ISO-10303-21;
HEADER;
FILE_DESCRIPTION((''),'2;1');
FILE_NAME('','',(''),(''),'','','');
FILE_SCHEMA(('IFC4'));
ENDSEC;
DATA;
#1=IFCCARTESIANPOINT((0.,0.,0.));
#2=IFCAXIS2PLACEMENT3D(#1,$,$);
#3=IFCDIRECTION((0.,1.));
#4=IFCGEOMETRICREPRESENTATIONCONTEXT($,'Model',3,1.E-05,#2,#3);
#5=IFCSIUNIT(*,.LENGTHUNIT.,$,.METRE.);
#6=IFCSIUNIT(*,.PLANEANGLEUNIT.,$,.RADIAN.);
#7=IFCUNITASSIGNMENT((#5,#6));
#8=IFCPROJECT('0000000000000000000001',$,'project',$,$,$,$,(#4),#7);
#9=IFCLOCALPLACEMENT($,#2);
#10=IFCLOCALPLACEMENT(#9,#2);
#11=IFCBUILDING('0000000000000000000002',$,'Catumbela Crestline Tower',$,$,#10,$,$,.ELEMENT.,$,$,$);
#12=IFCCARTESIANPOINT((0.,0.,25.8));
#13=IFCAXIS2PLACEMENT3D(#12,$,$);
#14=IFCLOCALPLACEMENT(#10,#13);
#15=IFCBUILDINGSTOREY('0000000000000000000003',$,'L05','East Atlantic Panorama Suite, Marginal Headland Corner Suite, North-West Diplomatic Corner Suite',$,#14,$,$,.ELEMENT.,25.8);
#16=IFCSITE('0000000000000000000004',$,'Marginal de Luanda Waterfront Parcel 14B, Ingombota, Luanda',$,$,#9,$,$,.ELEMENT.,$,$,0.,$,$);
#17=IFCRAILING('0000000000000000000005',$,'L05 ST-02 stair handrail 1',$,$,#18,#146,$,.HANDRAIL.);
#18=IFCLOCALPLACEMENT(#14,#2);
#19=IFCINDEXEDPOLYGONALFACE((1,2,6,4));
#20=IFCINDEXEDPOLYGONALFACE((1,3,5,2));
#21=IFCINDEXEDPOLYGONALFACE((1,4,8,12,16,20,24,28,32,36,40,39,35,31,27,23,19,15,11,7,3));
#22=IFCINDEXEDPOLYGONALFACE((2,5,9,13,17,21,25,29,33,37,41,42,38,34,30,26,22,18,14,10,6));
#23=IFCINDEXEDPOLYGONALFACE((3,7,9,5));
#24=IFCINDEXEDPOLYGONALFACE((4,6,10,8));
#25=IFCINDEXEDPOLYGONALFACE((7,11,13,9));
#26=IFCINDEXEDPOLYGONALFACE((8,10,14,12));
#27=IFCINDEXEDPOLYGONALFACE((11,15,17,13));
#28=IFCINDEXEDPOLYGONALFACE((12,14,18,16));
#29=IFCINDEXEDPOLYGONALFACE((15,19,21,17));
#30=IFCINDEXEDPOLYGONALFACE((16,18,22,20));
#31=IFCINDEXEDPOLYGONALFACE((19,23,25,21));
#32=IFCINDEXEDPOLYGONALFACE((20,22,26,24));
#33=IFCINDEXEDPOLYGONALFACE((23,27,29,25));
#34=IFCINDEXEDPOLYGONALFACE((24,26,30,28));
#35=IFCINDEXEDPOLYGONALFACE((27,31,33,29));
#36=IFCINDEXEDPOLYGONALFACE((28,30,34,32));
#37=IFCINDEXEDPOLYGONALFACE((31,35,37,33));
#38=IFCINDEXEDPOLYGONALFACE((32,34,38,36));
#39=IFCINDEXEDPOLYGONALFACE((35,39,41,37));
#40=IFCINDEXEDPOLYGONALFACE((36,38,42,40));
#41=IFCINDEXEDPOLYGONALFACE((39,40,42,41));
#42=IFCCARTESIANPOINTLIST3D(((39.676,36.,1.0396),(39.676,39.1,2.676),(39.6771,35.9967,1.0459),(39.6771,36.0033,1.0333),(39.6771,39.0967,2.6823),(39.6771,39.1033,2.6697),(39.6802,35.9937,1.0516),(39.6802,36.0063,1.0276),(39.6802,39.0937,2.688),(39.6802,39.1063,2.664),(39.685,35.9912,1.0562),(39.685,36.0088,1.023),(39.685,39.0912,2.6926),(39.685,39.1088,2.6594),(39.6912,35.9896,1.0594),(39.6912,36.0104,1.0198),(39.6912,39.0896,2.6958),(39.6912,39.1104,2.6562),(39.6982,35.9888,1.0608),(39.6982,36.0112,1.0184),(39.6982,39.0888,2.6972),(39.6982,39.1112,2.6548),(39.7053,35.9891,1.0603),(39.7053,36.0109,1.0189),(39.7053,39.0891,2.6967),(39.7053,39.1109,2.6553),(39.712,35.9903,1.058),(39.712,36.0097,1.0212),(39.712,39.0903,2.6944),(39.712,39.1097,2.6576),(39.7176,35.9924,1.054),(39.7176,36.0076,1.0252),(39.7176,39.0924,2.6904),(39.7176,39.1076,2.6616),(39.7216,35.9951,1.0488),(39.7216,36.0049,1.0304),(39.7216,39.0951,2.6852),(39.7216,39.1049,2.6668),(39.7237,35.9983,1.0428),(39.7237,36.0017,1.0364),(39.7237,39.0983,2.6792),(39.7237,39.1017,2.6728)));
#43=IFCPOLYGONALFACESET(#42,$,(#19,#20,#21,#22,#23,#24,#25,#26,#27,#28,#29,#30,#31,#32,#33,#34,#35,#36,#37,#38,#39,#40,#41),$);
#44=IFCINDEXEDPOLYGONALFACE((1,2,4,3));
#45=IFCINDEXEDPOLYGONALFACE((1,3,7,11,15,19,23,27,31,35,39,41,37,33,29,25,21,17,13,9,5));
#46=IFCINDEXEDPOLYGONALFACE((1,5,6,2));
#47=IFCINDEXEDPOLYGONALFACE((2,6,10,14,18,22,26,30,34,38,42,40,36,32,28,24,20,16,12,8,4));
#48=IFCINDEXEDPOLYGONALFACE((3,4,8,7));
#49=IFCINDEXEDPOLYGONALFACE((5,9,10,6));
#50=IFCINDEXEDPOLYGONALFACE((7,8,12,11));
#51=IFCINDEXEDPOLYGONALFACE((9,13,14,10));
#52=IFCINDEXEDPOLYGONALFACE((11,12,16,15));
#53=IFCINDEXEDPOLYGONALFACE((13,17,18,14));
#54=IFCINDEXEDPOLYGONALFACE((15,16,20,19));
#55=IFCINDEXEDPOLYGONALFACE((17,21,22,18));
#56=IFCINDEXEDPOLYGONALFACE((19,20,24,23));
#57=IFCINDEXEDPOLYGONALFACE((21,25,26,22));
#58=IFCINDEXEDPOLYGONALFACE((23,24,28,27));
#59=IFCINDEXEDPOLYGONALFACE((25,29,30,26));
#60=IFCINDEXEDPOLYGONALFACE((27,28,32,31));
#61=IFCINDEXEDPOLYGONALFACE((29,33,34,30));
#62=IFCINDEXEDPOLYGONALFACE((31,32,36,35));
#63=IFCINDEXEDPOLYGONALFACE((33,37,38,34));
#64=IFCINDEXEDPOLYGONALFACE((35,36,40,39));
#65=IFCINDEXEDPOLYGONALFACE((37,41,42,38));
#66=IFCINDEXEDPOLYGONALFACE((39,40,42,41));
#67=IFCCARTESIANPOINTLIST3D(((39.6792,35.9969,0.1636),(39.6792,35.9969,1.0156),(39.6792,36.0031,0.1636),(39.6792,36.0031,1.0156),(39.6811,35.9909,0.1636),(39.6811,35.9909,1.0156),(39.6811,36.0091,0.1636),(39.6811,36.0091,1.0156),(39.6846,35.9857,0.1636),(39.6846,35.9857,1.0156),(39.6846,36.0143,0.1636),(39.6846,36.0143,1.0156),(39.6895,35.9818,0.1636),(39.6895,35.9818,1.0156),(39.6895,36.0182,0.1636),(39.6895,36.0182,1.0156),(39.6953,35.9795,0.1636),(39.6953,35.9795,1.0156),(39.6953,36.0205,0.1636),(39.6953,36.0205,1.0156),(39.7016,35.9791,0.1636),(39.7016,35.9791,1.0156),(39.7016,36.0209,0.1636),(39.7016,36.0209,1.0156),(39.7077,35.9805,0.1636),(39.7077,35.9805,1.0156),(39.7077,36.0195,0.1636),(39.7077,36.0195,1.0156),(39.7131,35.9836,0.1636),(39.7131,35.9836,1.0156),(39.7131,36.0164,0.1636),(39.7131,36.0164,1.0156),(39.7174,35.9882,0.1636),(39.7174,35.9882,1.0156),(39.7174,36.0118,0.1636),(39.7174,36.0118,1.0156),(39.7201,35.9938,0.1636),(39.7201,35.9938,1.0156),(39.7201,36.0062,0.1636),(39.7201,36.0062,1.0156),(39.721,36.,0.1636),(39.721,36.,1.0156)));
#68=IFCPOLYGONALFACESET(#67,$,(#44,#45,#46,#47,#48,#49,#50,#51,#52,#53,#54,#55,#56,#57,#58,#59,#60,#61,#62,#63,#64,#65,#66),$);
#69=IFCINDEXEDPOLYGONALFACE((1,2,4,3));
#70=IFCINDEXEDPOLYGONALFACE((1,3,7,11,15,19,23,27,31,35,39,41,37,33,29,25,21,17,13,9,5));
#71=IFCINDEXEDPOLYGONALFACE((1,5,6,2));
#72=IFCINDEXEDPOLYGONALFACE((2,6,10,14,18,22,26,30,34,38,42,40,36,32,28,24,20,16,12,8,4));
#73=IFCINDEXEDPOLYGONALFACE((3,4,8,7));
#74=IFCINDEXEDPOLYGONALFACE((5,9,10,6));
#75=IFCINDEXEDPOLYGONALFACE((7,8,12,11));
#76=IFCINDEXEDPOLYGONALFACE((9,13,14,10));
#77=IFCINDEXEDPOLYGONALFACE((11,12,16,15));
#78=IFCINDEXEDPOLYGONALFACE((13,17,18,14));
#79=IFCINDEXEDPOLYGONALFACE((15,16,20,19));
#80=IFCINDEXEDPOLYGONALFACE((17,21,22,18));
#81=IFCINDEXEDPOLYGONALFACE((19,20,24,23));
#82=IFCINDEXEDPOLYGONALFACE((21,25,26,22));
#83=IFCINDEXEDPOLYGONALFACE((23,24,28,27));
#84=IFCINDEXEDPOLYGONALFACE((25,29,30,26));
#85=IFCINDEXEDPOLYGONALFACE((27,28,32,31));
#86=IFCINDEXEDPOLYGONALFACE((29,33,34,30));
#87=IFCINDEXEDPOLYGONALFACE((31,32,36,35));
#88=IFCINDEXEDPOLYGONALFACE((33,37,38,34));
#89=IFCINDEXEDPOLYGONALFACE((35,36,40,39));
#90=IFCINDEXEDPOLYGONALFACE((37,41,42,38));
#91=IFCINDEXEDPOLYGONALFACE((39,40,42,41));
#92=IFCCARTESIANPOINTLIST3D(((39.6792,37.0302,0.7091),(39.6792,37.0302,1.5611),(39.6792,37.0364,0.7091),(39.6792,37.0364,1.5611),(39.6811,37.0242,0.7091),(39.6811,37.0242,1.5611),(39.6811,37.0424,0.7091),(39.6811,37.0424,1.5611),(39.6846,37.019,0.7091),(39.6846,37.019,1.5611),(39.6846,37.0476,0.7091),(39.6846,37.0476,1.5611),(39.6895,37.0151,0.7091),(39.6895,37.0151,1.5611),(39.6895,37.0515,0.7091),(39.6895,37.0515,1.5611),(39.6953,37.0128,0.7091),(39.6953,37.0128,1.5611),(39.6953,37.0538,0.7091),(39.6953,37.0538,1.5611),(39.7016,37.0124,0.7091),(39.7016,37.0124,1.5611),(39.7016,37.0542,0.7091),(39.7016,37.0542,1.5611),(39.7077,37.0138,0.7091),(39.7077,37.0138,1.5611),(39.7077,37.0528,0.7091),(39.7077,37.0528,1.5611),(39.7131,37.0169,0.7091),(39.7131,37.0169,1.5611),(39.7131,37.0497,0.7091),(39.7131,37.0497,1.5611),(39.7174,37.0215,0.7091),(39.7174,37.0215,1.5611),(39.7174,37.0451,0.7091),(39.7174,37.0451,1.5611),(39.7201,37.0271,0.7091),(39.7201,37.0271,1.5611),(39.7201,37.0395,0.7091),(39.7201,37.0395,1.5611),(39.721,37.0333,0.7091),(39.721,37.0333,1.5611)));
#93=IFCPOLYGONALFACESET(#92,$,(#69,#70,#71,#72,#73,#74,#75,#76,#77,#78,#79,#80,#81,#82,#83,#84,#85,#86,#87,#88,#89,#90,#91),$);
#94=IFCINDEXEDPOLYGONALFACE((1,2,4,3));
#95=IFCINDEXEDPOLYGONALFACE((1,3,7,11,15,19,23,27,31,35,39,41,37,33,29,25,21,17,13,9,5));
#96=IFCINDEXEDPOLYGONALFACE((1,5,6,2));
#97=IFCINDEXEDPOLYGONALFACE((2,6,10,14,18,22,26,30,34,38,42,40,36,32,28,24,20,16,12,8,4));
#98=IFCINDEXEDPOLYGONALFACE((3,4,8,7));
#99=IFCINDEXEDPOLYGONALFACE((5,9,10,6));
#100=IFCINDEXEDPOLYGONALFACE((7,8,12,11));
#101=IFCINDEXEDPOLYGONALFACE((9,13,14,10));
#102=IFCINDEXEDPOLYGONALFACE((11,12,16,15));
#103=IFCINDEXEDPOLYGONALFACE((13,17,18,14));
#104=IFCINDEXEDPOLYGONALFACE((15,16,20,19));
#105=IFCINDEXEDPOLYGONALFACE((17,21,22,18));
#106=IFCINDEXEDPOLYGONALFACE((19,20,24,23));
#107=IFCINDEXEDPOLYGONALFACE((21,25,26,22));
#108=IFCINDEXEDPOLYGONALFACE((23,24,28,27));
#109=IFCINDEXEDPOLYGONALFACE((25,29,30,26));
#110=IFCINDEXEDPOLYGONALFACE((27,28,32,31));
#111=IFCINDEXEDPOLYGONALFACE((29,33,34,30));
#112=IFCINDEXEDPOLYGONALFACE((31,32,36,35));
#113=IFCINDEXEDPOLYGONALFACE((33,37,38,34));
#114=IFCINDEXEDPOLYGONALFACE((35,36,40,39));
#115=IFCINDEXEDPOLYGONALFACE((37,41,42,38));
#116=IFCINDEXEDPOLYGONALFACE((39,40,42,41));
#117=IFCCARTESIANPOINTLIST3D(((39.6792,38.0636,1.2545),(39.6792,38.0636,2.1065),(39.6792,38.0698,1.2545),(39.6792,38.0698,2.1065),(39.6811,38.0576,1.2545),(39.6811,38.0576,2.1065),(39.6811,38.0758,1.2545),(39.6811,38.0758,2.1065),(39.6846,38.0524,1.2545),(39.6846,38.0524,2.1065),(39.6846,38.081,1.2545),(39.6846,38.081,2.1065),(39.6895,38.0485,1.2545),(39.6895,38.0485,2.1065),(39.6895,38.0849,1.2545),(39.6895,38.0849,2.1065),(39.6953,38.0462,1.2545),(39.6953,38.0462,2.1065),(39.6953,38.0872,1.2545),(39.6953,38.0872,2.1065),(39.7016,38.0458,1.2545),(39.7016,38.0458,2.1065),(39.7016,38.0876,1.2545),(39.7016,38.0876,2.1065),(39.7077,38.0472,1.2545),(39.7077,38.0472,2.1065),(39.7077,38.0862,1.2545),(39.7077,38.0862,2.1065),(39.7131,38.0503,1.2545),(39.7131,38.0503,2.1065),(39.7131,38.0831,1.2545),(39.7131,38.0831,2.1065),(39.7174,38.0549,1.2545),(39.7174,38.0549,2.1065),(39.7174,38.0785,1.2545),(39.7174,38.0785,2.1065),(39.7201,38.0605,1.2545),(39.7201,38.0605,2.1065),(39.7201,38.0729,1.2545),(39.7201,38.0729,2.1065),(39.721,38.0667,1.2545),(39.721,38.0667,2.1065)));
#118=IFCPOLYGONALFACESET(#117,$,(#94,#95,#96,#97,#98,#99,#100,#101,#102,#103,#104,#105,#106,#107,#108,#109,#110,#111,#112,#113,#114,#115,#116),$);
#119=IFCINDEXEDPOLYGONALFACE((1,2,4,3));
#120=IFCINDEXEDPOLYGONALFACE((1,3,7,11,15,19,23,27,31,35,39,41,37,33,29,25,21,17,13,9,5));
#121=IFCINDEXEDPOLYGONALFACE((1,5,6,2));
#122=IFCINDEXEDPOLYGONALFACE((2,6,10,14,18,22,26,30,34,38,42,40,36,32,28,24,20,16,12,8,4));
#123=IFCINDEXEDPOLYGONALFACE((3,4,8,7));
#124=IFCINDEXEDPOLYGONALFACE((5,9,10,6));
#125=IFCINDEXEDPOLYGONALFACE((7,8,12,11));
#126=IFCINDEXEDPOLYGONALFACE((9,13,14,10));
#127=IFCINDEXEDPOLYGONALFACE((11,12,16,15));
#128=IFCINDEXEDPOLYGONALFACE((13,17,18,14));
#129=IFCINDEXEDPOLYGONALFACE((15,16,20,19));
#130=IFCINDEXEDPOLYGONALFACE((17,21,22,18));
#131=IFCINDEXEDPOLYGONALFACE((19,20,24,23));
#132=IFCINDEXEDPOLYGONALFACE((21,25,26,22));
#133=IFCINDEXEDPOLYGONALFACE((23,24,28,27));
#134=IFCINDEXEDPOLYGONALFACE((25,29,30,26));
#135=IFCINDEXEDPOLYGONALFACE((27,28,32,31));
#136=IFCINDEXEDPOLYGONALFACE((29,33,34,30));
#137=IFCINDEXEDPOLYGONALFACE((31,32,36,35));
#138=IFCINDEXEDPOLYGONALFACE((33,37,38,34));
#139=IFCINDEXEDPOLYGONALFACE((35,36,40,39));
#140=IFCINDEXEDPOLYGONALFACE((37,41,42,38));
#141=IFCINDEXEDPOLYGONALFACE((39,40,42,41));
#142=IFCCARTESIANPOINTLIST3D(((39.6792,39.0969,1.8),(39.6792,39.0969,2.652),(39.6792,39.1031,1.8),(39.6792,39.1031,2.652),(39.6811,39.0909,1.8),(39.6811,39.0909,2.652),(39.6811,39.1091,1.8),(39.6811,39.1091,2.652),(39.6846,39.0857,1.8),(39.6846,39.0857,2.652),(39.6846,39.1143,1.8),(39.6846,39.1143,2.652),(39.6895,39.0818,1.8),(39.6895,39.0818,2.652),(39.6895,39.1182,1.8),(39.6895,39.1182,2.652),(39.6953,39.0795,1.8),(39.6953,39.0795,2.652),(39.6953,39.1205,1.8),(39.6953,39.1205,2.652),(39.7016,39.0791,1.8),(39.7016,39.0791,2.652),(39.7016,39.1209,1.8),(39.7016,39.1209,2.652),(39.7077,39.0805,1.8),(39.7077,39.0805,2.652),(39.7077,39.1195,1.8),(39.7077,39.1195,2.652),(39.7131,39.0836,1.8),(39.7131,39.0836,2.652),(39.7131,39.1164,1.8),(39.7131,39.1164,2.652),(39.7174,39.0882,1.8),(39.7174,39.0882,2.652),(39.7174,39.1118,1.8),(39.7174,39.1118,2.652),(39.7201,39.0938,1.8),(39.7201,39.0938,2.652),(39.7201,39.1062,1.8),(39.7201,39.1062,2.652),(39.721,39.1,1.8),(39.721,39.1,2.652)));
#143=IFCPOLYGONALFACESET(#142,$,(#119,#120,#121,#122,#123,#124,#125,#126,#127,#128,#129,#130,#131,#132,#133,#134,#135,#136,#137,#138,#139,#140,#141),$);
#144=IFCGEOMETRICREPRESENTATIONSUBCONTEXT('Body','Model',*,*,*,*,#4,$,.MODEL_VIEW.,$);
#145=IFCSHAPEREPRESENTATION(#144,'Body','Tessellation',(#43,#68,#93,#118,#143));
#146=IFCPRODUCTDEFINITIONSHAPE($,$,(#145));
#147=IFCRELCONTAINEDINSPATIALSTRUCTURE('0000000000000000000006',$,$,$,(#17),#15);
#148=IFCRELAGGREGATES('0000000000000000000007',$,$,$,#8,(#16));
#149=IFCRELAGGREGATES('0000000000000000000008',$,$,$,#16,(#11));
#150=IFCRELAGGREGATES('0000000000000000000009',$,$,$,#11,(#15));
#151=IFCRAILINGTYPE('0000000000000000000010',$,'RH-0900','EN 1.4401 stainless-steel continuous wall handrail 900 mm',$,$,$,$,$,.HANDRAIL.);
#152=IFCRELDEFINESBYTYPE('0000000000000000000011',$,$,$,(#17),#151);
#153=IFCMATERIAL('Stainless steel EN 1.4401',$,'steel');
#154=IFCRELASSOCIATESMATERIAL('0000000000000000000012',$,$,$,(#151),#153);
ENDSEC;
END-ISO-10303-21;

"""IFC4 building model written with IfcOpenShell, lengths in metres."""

from ifc_helpers import new_model, si_unit, direction, frame, origin, origin_2d, place, context, subcontext, project, spatial, circle, extrude, material, type_object, element, save


model = new_model("IFC4")

# Units and contexts
model_context = context("Model", 3, precision=1e-05, world=origin(), true_north=direction((0.0, 1.0)))
body_context = subcontext(model_context, "Body", "Model", "MODEL_VIEW")
ifc_project = project(units=[si_unit("LENGTHUNIT", "METRE"), si_unit("PLANEANGLEUNIT", "RADIAN")], contexts=[model_context])

# Site, building, storey
site_placement = place(None, origin())
site = spatial("IfcSite", under=ifc_project, at=site_placement, Name="Marginal de Luanda Waterfront Parcel 14B, Ingombota, Luanda", CompositionType="ELEMENT", RefElevation=0.0)
building_placement = place(site_placement, origin())
building = spatial("IfcBuilding", under=site, at=building_placement, Name="Catumbela Crestline Tower", CompositionType="ELEMENT")
storey_placement = place(building_placement, frame((0.0, 0.0, 25.8)))
storey = spatial("IfcBuildingStorey", under=building, at=storey_placement, Name="L05", Description="East Atlantic Panorama Suite, Marginal Headland Corner Suite, North-West Diplomatic Corner Suite", CompositionType="ELEMENT", Elevation=25.8)

# Shared definitions
ifc_material_1 = material(Name="Stainless steel EN 1.4401", Category="steel")

# Railing
railing_type_1 = type_object("IfcRailingType", Name="RH-0900", Description="EN 1.4401 stainless-steel continuous wall handrail 900 mm", PredefinedType="HANDRAIL", material=ifc_material_1)
railing_1_placement = place(storey_placement, frame((39.7, 36.0, 0.1636)))
element("IfcRailing", 1, at=railing_1_placement, inside=storey, type_object=railing_type_1, Name="L05 ST-02 stair handrail 1", PredefinedType="HANDRAIL", context=body_context, shape_type="SweptSolid", body=[
    extrude(circle(Radius=0.024, at=origin_2d()), frame((0.0, 0.0, 0.876), z_axis=(0.0, 0.884351, 0.466823), x_axis=(-1.0, 0.0, 0.0)), (0.0, 0.0, 1.0), 3.5054),
    extrude(circle(Radius=0.021, at=origin_2d()), origin(), (0.0, 0.0, 1.0), 0.852),
    extrude(circle(Radius=0.021, at=origin_2d()), frame((0.0, 1.0333, 0.5455)), (0.0, 0.0, 1.0), 0.852),
    extrude(circle(Radius=0.021, at=origin_2d()), frame((0.0, 2.0667, 1.0909)), (0.0, 0.0, 1.0), 0.852),
    extrude(circle(Radius=0.021, at=origin_2d()), frame((0.0, 3.1, 1.6364)), (0.0, 0.0, 1.0), 0.852),
])

save(model, "model.ifc")
